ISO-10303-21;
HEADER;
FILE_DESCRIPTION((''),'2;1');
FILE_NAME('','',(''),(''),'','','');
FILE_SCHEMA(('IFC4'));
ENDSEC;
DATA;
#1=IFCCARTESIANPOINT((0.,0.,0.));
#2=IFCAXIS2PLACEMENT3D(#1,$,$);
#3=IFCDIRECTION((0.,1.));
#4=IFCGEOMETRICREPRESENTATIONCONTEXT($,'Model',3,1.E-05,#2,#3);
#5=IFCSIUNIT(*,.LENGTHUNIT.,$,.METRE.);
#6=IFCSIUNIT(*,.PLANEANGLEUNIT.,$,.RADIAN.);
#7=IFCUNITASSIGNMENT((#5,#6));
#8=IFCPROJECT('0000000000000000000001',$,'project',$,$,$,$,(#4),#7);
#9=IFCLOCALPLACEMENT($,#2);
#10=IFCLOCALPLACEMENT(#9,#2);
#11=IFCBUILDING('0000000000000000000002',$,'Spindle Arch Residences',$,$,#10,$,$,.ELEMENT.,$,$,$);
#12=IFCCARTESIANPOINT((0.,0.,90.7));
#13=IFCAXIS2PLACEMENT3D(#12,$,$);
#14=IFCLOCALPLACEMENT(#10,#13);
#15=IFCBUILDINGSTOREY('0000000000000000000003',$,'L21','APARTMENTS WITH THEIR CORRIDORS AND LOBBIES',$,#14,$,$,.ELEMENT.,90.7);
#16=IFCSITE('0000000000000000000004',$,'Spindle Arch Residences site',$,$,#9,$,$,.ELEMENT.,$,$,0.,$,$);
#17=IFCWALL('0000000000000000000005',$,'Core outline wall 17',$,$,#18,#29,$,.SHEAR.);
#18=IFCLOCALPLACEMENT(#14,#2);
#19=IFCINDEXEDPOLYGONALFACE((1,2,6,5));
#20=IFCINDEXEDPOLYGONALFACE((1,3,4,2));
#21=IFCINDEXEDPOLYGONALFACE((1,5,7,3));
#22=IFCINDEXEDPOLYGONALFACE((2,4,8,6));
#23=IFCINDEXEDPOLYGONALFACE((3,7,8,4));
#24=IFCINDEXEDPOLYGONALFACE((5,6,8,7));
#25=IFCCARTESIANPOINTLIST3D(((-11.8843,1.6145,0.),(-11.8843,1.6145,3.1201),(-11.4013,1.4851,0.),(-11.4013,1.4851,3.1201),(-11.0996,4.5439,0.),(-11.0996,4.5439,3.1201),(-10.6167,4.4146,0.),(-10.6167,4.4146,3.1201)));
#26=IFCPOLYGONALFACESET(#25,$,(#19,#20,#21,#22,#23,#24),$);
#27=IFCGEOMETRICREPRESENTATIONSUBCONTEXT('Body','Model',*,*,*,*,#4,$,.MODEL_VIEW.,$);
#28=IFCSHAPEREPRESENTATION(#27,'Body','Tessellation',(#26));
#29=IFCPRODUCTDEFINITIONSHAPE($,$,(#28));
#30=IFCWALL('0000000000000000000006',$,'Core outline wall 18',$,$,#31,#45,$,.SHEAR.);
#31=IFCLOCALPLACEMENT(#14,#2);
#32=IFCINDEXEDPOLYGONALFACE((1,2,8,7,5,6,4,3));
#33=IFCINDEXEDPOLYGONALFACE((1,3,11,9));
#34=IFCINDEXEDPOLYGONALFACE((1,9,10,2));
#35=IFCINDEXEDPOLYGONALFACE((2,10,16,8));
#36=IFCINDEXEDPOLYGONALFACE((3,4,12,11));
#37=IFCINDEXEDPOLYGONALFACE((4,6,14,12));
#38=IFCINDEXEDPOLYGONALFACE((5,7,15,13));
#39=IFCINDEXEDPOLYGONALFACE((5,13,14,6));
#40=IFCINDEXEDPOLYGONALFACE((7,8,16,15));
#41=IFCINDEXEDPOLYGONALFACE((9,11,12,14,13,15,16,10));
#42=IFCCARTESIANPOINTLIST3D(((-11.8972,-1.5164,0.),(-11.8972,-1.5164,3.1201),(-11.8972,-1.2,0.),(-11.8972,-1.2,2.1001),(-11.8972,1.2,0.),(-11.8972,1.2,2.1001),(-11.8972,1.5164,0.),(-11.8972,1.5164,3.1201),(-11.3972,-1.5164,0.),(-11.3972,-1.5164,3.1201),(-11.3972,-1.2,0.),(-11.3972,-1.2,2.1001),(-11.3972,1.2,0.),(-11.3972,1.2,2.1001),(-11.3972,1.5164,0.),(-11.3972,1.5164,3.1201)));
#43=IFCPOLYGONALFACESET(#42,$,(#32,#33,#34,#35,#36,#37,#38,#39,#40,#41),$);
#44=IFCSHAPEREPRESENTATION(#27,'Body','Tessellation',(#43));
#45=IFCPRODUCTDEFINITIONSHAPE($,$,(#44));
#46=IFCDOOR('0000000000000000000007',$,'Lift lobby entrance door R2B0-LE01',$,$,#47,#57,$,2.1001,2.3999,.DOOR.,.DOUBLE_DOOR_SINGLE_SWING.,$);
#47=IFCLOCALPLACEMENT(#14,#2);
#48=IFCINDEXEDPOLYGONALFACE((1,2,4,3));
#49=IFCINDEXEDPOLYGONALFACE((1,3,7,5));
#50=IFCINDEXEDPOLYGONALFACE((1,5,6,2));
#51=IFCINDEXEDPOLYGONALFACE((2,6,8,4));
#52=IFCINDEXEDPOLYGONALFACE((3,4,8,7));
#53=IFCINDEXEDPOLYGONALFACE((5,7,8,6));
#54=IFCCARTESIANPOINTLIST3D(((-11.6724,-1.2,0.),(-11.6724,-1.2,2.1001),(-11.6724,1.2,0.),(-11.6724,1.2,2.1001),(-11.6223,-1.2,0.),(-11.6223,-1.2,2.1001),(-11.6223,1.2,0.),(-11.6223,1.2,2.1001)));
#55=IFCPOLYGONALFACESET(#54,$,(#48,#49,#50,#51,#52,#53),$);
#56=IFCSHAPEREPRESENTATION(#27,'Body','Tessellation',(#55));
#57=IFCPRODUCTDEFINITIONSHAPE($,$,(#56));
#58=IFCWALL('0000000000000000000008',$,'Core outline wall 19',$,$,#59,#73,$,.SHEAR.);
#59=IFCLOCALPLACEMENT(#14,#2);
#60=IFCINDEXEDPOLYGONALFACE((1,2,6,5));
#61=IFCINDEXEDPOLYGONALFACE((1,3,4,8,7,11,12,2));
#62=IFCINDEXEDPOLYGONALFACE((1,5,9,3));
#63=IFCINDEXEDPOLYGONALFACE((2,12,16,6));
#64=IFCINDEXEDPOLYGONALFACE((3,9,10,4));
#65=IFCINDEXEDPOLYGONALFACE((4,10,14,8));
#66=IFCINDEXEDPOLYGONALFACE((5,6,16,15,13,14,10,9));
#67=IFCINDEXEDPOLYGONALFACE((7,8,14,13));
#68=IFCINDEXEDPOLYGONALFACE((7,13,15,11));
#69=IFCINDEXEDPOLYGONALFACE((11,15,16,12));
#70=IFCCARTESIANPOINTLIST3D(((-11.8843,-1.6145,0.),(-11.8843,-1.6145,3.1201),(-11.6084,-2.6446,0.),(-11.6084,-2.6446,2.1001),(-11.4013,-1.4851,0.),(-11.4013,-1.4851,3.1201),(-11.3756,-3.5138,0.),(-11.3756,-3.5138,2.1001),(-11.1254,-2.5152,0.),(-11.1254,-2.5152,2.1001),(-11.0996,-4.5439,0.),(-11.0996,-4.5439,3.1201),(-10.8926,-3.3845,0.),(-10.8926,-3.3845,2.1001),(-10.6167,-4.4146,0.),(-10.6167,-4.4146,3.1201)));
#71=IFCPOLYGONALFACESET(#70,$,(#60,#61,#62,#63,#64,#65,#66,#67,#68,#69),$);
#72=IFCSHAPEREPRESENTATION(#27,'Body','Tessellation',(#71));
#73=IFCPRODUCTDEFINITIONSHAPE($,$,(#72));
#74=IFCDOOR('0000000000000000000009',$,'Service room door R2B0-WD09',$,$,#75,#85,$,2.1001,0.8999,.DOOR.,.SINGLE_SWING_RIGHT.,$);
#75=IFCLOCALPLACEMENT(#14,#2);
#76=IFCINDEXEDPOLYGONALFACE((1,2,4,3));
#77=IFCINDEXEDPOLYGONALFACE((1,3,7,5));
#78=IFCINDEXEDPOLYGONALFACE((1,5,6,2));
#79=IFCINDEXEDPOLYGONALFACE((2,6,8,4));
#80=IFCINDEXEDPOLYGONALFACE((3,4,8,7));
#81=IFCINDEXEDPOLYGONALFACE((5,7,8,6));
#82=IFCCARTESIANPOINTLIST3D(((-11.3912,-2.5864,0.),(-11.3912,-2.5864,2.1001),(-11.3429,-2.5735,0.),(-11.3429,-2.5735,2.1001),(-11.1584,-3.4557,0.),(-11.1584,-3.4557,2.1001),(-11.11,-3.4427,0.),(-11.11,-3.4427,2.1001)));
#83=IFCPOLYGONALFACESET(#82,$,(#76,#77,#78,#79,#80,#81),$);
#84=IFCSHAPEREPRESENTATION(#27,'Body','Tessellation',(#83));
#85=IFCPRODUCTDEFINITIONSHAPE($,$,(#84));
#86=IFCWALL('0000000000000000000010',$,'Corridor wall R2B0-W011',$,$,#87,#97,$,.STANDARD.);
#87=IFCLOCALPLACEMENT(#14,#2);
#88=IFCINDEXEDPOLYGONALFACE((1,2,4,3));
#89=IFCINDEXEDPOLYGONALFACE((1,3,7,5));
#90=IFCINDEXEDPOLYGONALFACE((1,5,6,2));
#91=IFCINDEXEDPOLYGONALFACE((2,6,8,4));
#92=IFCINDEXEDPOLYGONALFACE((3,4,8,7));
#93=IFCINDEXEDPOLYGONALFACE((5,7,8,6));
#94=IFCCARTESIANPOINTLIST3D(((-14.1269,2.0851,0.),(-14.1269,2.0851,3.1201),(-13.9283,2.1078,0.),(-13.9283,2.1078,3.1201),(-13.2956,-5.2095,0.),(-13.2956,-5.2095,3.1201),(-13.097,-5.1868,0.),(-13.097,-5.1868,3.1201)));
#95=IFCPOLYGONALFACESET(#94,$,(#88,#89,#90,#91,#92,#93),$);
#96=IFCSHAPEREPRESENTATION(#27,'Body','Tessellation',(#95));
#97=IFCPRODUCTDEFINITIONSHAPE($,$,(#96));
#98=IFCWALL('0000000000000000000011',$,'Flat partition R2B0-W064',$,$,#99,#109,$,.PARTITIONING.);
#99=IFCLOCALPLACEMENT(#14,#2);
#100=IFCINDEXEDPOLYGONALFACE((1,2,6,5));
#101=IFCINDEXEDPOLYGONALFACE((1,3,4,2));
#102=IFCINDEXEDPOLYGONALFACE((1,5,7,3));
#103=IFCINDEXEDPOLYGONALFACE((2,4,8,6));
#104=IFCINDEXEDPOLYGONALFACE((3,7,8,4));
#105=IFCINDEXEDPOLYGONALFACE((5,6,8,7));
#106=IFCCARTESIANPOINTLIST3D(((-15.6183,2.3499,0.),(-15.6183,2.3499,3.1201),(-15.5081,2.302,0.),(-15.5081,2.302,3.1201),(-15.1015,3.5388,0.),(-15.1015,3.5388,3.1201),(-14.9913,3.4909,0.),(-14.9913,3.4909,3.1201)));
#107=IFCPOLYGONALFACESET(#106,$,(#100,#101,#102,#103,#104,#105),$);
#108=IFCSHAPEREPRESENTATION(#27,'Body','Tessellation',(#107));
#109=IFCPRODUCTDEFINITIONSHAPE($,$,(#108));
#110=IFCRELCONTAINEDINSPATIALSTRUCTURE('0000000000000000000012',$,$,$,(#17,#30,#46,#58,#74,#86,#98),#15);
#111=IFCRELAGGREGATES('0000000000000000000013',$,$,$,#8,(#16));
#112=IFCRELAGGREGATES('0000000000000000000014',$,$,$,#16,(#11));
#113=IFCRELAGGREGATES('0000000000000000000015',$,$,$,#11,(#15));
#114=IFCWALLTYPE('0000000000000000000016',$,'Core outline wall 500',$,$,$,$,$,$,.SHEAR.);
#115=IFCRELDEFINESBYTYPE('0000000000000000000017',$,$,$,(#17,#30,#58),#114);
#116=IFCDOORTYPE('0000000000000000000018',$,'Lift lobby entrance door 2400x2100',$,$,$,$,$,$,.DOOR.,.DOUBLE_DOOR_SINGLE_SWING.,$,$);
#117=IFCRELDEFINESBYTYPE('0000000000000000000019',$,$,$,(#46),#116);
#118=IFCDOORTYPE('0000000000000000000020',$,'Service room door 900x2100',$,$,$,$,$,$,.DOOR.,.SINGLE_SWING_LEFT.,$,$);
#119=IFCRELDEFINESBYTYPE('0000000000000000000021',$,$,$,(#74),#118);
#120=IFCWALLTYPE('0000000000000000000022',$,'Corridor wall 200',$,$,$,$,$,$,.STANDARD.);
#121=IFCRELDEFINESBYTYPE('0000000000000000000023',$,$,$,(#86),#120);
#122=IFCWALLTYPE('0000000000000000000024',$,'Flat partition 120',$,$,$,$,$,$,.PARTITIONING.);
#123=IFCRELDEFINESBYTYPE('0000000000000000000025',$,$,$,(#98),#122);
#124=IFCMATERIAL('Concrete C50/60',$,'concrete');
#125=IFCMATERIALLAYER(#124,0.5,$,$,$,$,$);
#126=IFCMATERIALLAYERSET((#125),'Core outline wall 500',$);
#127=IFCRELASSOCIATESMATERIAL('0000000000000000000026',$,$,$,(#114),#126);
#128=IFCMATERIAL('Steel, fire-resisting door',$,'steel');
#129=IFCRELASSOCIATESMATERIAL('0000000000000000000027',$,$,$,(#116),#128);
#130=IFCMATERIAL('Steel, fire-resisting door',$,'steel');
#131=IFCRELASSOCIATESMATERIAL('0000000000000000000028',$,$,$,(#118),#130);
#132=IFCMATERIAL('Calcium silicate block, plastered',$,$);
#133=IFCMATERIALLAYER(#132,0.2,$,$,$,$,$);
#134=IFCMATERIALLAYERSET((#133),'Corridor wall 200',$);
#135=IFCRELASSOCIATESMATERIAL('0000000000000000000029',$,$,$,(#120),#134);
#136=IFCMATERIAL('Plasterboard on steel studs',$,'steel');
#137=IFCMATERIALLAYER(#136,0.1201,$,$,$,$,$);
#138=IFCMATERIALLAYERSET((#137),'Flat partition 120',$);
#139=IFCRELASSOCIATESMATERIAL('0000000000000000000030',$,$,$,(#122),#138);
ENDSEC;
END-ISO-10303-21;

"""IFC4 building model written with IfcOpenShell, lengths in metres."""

from ifc_helpers import new_model, si_unit, direction, frame, frame_2d, origin, place, context, subcontext, project, spatial, rectangle, extrude, material, layer, layer_set, type_object, element, fill, save


model = new_model("IFC4")

# Units and contexts
model_context = context("Model", 3, precision=1e-05, world=origin(), true_north=direction((0.0, 1.0)))
body_context = subcontext(model_context, "Body", "Model", "MODEL_VIEW")
ifc_project = project(units=[si_unit("LENGTHUNIT", "METRE"), si_unit("PLANEANGLEUNIT", "RADIAN")], contexts=[model_context])

# Site, building, storey
site_placement = place(None, origin())
site = spatial("IfcSite", under=ifc_project, at=site_placement, Name="Spindle Arch Residences site", CompositionType="ELEMENT", RefElevation=0.0)
building_placement = place(site_placement, origin())
building = spatial("IfcBuilding", under=site, at=building_placement, Name="Spindle Arch Residences", CompositionType="ELEMENT")
storey_placement = place(building_placement, frame((0.0, 0.0, 90.7)))
storey = spatial("IfcBuildingStorey", under=building, at=storey_placement, Name="L21", Description="APARTMENTS WITH THEIR CORRIDORS AND LOBBIES", CompositionType="ELEMENT", Elevation=90.7)

# Wall
ifc_material_1 = material(Name="Concrete C50/60", Category="concrete")
ifc_layer_1 = layer(ifc_material_1, 0.5)
ifc_layer_set_1 = layer_set([ifc_layer_1], Name="Core outline wall 500")
wall_type_1 = type_object("IfcWallType", Name="Core outline wall 500", PredefinedType="SHEAR", material=ifc_layer_set_1)
wall_1_placement = place(storey_placement, frame((-10.8582, 4.4792, 0.0), z_axis=(0.0, 0.0, 1.0), x_axis=(-0.258735, -0.965948, 0.0)))
element("IfcWall", 1, at=wall_1_placement, inside=storey, type_object=wall_type_1, Name="Core outline wall 17", PredefinedType="SHEAR", context=body_context, shape_type="SweptSolid", body=[
    extrude(rectangle(XDim=3.0327, YDim=0.5, at=frame_2d((1.5164, 0.0))), origin(), (0.0, 0.0, 1.0), 3.1201),
])

# Walls, openings, doors
wall_2_placement = place(storey_placement, frame((-11.6472, 1.5164, 0.0), z_axis=(0.0, 0.0, 1.0), x_axis=(0.0, -1.0, 0.0)))
wall_2 = element("IfcWall", 2, at=wall_2_placement, inside=storey, type_object=wall_type_1, Name="Core outline wall 18", PredefinedType="SHEAR", context=body_context, shape_type="SweptSolid", body=[
    extrude(rectangle(XDim=3.0327, YDim=0.5, at=frame_2d((1.5164, 0.0))), origin(), (0.0, 0.0, 1.0), 3.1201),
])
opening_1_placement = place(wall_2_placement, frame((0.3164, 0.0, 0.0)))
opening_1 = element("IfcOpeningElement", 3, at=opening_1_placement, cuts=wall_2, PredefinedType="OPENING", context=body_context, shape_type="SweptSolid", body=[
    extrude(rectangle(XDim=2.3999, YDim=2.1001, at=frame_2d((1.2, 1.05))), frame((0.0, 0.26, 0.0), z_axis=(0.0, -1.0, 0.0), x_axis=(1.0, 0.0, 0.0)), (0.0, 0.0, 1.0), 0.52),
])
ifc_material_2 = material(Name="Steel, fire-resisting door", Category="steel")
door_type_1 = type_object("IfcDoorType", Name="Lift lobby entrance door 2400x2100", OperationType="DOUBLE_DOOR_SINGLE_SWING", PredefinedType="DOOR", material=ifc_material_2)
door_1_placement = place(opening_1_placement, origin())
door_1 = element("IfcDoor", 4, at=door_1_placement, inside=storey, type_object=door_type_1, Name="Lift lobby entrance door R2B0-LE01", OperationType="DOUBLE_DOOR_SINGLE_SWING", OverallHeight=2.1001, OverallWidth=2.3999, PredefinedType="DOOR", context=body_context, shape_type="SweptSolid", body=[
    extrude(rectangle(XDim=2.3999, YDim=2.1001, at=frame_2d((1.2, 1.05))), frame((0.0, 0.0249, 0.0), z_axis=(0.0, -1.0, 0.0), x_axis=(1.0, 0.0, 0.0)), (0.0, 0.0, 1.0), 0.05),
])
fill(opening_1, door_1)
wall_3_placement = place(storey_placement, frame((-11.6428, -1.5498, 0.0), z_axis=(0.0, 0.0, 1.0), x_axis=(0.258735, -0.965948, 0.0)))
wall_3 = element("IfcWall", 5, at=wall_3_placement, inside=storey, type_object=wall_type_1, Name="Core outline wall 19", PredefinedType="SHEAR", context=body_context, shape_type="SweptSolid", body=[
    extrude(rectangle(XDim=3.0327, YDim=0.5, at=frame_2d((1.5164, 0.0))), origin(), (0.0, 0.0, 1.0), 3.1201),
])
opening_2_placement = place(wall_3_placement, frame((1.0664, 0.0, 0.0)))
opening_2 = element("IfcOpeningElement", 6, at=opening_2_placement, cuts=wall_3, PredefinedType="OPENING", context=body_context, shape_type="SweptSolid", body=[
    extrude(rectangle(XDim=0.8999, YDim=2.1001, at=frame_2d((0.45, 1.05))), frame((0.0, 0.26, 0.0), z_axis=(0.0, -1.0, 0.0), x_axis=(1.0, 0.0, 0.0)), (0.0, 0.0, 1.0), 0.52),
])
ifc_material_3 = material(Name="Steel, fire-resisting door", Category="steel")
door_type_2 = type_object("IfcDoorType", Name="Service room door 900x2100", OperationType="SINGLE_SWING_LEFT", PredefinedType="DOOR", material=ifc_material_3)
door_2_placement = place(opening_2_placement, origin())
door_2 = element("IfcDoor", 7, at=door_2_placement, inside=storey, type_object=door_type_2, Name="Service room door R2B0-WD09", OperationType="SINGLE_SWING_RIGHT", OverallHeight=2.1001, OverallWidth=0.8999, PredefinedType="DOOR", context=body_context, shape_type="SweptSolid", body=[
    extrude(rectangle(XDim=0.8999, YDim=2.1001, at=frame_2d((0.45, 1.05))), frame((0.0, 0.0249, 0.0), z_axis=(0.0, -1.0, 0.0), x_axis=(1.0, 0.0, 0.0)), (0.0, 0.0, 1.0), 0.05),
])
fill(opening_2, door_2)

# Walls
ifc_material_4 = material(Name="Calcium silicate block, plastered")
ifc_layer_2 = layer(ifc_material_4, 0.2)
ifc_layer_set_2 = layer_set([ifc_layer_2], Name="Corridor wall 200")
wall_type_2 = type_object("IfcWallType", Name="Corridor wall 200", PredefinedType="STANDARD", material=ifc_layer_set_2)
wall_4_placement = place(storey_placement, frame((-14.0276, 2.0964, 0.0), z_axis=(0.0, 0.0, 1.0), x_axis=(0.113227, -0.993569, 0.0)))
element("IfcWall", 8, at=wall_4_placement, inside=storey, type_object=wall_type_2, Name="Corridor wall R2B0-W011", PredefinedType="STANDARD", context=body_context, shape_type="SweptSolid", body=[
    extrude(rectangle(XDim=7.3418, YDim=0.2, at=frame_2d((3.6709, 0.0))), origin(), (0.0, 0.0, 1.0), 3.1201),
])
ifc_material_5 = material(Name="Plasterboard on steel studs", Category="steel")
ifc_layer_3 = layer(ifc_material_5, 0.1201)
ifc_layer_set_3 = layer_set([ifc_layer_3], Name="Flat partition 120")
wall_type_3 = type_object("IfcWallType", Name="Flat partition 120", PredefinedType="PARTITIONING", material=ifc_layer_set_3)
wall_5_placement = place(storey_placement, frame((-15.0464, 3.5149, 0.0), z_axis=(0.0, 0.0, 1.0), x_axis=(-0.398664, -0.917097, 0.0)))
element("IfcWall", 9, at=wall_5_placement, inside=storey, type_object=wall_type_3, Name="Flat partition R2B0-W064", PredefinedType="PARTITIONING", context=body_context, shape_type="SweptSolid", body=[
    extrude(rectangle(XDim=1.2964, YDim=0.1201, at=frame_2d((0.6482, 0.0))), origin(), (0.0, 0.0, 1.0), 3.1201),
])

save(model, "model.ifc")
